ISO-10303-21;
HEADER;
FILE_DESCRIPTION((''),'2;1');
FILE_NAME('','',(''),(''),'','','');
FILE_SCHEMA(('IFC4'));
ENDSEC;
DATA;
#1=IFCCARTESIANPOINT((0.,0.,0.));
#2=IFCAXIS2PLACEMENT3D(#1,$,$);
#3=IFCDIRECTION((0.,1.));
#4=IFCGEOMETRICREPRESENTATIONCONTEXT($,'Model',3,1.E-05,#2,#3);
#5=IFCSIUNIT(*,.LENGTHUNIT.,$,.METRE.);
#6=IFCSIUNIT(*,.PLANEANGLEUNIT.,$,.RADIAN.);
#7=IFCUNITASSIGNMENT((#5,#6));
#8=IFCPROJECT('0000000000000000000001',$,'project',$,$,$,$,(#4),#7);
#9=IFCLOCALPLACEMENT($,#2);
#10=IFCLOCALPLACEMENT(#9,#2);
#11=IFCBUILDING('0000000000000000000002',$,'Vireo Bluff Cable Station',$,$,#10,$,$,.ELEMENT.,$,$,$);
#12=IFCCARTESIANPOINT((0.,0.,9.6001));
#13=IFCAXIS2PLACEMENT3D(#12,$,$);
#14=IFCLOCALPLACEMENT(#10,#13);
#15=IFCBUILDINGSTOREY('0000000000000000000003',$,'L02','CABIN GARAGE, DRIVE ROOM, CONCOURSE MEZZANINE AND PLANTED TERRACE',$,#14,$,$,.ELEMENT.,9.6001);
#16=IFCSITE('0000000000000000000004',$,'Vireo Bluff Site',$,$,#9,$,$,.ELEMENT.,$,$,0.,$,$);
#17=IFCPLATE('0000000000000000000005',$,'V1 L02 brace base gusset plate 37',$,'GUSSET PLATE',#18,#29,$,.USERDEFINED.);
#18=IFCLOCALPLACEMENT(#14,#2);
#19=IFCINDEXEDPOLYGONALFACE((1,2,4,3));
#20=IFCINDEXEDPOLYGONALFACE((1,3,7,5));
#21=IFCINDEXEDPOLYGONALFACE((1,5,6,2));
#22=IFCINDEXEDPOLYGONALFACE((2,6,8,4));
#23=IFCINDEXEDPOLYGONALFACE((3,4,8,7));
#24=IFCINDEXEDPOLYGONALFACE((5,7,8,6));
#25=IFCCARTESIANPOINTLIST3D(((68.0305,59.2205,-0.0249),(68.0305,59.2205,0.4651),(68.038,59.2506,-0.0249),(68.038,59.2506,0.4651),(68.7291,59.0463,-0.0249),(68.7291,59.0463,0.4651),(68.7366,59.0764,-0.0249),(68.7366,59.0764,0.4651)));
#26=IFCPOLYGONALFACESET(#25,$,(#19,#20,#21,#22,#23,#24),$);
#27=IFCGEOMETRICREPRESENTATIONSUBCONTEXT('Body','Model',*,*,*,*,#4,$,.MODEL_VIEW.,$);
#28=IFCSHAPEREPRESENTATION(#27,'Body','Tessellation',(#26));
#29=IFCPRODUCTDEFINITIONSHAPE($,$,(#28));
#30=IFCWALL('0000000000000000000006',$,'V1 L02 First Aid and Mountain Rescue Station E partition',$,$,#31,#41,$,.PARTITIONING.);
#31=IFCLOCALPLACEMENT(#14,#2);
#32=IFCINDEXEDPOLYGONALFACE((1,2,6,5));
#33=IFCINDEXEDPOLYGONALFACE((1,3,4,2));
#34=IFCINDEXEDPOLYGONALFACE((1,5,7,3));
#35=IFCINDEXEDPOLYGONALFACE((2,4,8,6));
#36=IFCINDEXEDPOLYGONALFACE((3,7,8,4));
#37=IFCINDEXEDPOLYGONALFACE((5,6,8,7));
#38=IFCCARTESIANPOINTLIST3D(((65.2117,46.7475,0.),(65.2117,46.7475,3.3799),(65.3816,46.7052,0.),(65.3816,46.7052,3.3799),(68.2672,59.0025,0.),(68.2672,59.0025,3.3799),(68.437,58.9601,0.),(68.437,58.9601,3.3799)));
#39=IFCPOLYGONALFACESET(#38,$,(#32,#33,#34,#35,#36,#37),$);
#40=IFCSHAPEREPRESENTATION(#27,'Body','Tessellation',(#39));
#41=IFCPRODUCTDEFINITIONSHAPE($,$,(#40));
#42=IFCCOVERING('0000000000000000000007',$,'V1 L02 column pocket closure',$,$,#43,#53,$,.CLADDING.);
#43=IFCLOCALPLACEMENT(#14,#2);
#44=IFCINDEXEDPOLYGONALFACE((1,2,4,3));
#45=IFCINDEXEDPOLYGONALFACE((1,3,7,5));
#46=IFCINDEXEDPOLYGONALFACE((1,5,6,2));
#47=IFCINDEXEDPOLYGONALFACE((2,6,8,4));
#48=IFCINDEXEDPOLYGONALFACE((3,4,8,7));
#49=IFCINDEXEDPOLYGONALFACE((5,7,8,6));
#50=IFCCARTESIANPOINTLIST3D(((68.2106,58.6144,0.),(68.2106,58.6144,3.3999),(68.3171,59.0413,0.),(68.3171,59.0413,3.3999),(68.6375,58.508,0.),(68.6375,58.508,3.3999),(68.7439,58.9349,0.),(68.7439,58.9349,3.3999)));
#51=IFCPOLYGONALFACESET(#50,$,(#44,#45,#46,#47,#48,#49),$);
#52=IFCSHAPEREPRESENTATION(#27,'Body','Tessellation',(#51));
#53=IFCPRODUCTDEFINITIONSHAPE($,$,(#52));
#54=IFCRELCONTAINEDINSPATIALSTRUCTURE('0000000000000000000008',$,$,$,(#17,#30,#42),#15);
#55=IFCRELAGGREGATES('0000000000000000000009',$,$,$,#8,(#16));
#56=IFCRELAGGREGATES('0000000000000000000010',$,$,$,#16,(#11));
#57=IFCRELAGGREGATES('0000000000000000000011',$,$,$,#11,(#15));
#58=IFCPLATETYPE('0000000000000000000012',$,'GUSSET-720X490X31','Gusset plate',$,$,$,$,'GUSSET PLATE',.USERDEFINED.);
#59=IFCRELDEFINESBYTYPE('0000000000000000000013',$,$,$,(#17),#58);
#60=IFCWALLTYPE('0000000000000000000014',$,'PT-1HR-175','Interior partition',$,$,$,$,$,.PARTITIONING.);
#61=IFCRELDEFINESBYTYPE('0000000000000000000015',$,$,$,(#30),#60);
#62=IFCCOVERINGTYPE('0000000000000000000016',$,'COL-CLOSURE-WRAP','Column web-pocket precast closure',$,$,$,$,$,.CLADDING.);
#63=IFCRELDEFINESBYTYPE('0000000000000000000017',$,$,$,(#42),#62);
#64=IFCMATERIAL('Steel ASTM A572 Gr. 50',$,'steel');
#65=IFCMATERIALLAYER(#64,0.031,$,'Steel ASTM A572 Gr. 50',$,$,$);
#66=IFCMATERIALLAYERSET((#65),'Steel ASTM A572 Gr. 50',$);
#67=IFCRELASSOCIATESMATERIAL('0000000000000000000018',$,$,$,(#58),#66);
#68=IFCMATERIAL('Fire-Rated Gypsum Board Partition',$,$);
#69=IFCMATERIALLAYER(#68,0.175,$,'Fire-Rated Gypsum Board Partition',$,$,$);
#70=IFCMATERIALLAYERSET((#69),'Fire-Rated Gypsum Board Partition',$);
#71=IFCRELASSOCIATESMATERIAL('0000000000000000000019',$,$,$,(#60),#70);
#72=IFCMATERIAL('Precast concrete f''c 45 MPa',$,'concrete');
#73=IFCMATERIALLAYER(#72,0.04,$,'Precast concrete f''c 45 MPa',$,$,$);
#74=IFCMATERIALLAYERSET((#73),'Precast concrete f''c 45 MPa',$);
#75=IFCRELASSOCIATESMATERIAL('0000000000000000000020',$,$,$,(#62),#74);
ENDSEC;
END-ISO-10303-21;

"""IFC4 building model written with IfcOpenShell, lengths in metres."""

from ifc_helpers import new_model, si_unit, direction, frame, frame_2d, origin, origin_2d, place, context, subcontext, project, spatial, rectangle, extrude, material, layer, layer_set, type_object, element, save


model = new_model("IFC4")

# Units and contexts
model_context = context("Model", 3, precision=1e-05, world=origin(), true_north=direction((0.0, 1.0)))
body_context = subcontext(model_context, "Body", "Model", "MODEL_VIEW")
ifc_project = project(units=[si_unit("LENGTHUNIT", "METRE"), si_unit("PLANEANGLEUNIT", "RADIAN")], contexts=[model_context])

# Site, building, storey
site_placement = place(None, origin())
site = spatial("IfcSite", under=ifc_project, at=site_placement, Name="Vireo Bluff Site", CompositionType="ELEMENT", RefElevation=0.0)
building_placement = place(site_placement, origin())
building = spatial("IfcBuilding", under=site, at=building_placement, Name="Vireo Bluff Cable Station", CompositionType="ELEMENT")
storey_placement = place(building_placement, frame((0.0, 0.0, 9.6001)))
storey = spatial("IfcBuildingStorey", under=building, at=storey_placement, Name="L02", Description="CABIN GARAGE, DRIVE ROOM, CONCOURSE MEZZANINE AND PLANTED TERRACE", CompositionType="ELEMENT", Elevation=9.6001)

# Plate
ifc_material_1 = material(Name="Steel ASTM A572 Gr. 50", Category="steel")
ifc_layer_1 = layer(ifc_material_1, 0.031, Name="Steel ASTM A572 Gr. 50")
ifc_layer_set_1 = layer_set([ifc_layer_1], Name="Steel ASTM A572 Gr. 50")
plate_type_1 = type_object("IfcPlateType", Name="GUSSET-720X490X31", Description="Gusset plate", ElementType="GUSSET PLATE", PredefinedType="USERDEFINED", material=ifc_layer_set_1)
plate_1_placement = place(storey_placement, frame((68.3835, 59.1484, -0.0249), z_axis=(0.0, 0.0, 1.0), x_axis=(0.970296, -0.241922, 0.0)))
element("IfcPlate", 1, at=plate_1_placement, inside=storey, type_object=plate_type_1, Name="V1 L02 brace base gusset plate 37", ObjectType="GUSSET PLATE", PredefinedType="USERDEFINED", context=body_context, shape_type="SweptSolid", body=[
    extrude(rectangle(XDim=0.72, YDim=0.031, at=origin_2d()), origin(), (0.0, 0.0, 1.0), 0.49),
])

# Wall
ifc_material_2 = material(Name="Fire-Rated Gypsum Board Partition")
ifc_layer_2 = layer(ifc_material_2, 0.175, Name="Fire-Rated Gypsum Board Partition")
ifc_layer_set_2 = layer_set([ifc_layer_2], Name="Fire-Rated Gypsum Board Partition")
wall_type = type_object("IfcWallType", Name="PT-1HR-175", Description="Interior partition", PredefinedType="PARTITIONING", material=ifc_layer_set_2)
wall_placement = place(storey_placement, frame((68.3521, 58.9812, 0.0), z_axis=(0.0, 0.0, 1.0), x_axis=(-0.241917, -0.970297, 0.0)))
element("IfcWall", 2, at=wall_placement, inside=storey, type_object=wall_type, Name="V1 L02 First Aid and Mountain Rescue Station E partition", PredefinedType="PARTITIONING", context=body_context, shape_type="SweptSolid", body=[
    extrude(rectangle(XDim=12.6301, YDim=0.175, at=frame_2d((6.3149, 0.0))), origin(), (0.0, 0.0, 1.0), 3.3799),
])

# Covering
ifc_material_3 = material(Name="Precast concrete f'c 45 MPa", Category="concrete")
ifc_layer_3 = layer(ifc_material_3, 0.04, Name="Precast concrete f'c 45 MPa")
ifc_layer_set_3 = layer_set([ifc_layer_3], Name="Precast concrete f'c 45 MPa")
covering_type = type_object("IfcCoveringType", Name="COL-CLOSURE-WRAP", Description="Column web-pocket precast closure", PredefinedType="CLADDING", material=ifc_layer_set_3)
covering_placement = place(storey_placement, frame((68.4773, 58.7747, 0.0), z_axis=(0.0, 0.0, 1.0), x_axis=(0.970296, -0.241922, 0.0)))
element("IfcCovering", 3, at=covering_placement, inside=storey, type_object=covering_type, Name="V1 L02 column pocket closure", PredefinedType="CLADDING", context=body_context, shape_type="SweptSolid", body=[
    extrude(rectangle(XDim=0.4399, YDim=0.4399, at=origin_2d()), origin(), (0.0, 0.0, 1.0), 3.3999),
])

save(model, "model.ifc")
